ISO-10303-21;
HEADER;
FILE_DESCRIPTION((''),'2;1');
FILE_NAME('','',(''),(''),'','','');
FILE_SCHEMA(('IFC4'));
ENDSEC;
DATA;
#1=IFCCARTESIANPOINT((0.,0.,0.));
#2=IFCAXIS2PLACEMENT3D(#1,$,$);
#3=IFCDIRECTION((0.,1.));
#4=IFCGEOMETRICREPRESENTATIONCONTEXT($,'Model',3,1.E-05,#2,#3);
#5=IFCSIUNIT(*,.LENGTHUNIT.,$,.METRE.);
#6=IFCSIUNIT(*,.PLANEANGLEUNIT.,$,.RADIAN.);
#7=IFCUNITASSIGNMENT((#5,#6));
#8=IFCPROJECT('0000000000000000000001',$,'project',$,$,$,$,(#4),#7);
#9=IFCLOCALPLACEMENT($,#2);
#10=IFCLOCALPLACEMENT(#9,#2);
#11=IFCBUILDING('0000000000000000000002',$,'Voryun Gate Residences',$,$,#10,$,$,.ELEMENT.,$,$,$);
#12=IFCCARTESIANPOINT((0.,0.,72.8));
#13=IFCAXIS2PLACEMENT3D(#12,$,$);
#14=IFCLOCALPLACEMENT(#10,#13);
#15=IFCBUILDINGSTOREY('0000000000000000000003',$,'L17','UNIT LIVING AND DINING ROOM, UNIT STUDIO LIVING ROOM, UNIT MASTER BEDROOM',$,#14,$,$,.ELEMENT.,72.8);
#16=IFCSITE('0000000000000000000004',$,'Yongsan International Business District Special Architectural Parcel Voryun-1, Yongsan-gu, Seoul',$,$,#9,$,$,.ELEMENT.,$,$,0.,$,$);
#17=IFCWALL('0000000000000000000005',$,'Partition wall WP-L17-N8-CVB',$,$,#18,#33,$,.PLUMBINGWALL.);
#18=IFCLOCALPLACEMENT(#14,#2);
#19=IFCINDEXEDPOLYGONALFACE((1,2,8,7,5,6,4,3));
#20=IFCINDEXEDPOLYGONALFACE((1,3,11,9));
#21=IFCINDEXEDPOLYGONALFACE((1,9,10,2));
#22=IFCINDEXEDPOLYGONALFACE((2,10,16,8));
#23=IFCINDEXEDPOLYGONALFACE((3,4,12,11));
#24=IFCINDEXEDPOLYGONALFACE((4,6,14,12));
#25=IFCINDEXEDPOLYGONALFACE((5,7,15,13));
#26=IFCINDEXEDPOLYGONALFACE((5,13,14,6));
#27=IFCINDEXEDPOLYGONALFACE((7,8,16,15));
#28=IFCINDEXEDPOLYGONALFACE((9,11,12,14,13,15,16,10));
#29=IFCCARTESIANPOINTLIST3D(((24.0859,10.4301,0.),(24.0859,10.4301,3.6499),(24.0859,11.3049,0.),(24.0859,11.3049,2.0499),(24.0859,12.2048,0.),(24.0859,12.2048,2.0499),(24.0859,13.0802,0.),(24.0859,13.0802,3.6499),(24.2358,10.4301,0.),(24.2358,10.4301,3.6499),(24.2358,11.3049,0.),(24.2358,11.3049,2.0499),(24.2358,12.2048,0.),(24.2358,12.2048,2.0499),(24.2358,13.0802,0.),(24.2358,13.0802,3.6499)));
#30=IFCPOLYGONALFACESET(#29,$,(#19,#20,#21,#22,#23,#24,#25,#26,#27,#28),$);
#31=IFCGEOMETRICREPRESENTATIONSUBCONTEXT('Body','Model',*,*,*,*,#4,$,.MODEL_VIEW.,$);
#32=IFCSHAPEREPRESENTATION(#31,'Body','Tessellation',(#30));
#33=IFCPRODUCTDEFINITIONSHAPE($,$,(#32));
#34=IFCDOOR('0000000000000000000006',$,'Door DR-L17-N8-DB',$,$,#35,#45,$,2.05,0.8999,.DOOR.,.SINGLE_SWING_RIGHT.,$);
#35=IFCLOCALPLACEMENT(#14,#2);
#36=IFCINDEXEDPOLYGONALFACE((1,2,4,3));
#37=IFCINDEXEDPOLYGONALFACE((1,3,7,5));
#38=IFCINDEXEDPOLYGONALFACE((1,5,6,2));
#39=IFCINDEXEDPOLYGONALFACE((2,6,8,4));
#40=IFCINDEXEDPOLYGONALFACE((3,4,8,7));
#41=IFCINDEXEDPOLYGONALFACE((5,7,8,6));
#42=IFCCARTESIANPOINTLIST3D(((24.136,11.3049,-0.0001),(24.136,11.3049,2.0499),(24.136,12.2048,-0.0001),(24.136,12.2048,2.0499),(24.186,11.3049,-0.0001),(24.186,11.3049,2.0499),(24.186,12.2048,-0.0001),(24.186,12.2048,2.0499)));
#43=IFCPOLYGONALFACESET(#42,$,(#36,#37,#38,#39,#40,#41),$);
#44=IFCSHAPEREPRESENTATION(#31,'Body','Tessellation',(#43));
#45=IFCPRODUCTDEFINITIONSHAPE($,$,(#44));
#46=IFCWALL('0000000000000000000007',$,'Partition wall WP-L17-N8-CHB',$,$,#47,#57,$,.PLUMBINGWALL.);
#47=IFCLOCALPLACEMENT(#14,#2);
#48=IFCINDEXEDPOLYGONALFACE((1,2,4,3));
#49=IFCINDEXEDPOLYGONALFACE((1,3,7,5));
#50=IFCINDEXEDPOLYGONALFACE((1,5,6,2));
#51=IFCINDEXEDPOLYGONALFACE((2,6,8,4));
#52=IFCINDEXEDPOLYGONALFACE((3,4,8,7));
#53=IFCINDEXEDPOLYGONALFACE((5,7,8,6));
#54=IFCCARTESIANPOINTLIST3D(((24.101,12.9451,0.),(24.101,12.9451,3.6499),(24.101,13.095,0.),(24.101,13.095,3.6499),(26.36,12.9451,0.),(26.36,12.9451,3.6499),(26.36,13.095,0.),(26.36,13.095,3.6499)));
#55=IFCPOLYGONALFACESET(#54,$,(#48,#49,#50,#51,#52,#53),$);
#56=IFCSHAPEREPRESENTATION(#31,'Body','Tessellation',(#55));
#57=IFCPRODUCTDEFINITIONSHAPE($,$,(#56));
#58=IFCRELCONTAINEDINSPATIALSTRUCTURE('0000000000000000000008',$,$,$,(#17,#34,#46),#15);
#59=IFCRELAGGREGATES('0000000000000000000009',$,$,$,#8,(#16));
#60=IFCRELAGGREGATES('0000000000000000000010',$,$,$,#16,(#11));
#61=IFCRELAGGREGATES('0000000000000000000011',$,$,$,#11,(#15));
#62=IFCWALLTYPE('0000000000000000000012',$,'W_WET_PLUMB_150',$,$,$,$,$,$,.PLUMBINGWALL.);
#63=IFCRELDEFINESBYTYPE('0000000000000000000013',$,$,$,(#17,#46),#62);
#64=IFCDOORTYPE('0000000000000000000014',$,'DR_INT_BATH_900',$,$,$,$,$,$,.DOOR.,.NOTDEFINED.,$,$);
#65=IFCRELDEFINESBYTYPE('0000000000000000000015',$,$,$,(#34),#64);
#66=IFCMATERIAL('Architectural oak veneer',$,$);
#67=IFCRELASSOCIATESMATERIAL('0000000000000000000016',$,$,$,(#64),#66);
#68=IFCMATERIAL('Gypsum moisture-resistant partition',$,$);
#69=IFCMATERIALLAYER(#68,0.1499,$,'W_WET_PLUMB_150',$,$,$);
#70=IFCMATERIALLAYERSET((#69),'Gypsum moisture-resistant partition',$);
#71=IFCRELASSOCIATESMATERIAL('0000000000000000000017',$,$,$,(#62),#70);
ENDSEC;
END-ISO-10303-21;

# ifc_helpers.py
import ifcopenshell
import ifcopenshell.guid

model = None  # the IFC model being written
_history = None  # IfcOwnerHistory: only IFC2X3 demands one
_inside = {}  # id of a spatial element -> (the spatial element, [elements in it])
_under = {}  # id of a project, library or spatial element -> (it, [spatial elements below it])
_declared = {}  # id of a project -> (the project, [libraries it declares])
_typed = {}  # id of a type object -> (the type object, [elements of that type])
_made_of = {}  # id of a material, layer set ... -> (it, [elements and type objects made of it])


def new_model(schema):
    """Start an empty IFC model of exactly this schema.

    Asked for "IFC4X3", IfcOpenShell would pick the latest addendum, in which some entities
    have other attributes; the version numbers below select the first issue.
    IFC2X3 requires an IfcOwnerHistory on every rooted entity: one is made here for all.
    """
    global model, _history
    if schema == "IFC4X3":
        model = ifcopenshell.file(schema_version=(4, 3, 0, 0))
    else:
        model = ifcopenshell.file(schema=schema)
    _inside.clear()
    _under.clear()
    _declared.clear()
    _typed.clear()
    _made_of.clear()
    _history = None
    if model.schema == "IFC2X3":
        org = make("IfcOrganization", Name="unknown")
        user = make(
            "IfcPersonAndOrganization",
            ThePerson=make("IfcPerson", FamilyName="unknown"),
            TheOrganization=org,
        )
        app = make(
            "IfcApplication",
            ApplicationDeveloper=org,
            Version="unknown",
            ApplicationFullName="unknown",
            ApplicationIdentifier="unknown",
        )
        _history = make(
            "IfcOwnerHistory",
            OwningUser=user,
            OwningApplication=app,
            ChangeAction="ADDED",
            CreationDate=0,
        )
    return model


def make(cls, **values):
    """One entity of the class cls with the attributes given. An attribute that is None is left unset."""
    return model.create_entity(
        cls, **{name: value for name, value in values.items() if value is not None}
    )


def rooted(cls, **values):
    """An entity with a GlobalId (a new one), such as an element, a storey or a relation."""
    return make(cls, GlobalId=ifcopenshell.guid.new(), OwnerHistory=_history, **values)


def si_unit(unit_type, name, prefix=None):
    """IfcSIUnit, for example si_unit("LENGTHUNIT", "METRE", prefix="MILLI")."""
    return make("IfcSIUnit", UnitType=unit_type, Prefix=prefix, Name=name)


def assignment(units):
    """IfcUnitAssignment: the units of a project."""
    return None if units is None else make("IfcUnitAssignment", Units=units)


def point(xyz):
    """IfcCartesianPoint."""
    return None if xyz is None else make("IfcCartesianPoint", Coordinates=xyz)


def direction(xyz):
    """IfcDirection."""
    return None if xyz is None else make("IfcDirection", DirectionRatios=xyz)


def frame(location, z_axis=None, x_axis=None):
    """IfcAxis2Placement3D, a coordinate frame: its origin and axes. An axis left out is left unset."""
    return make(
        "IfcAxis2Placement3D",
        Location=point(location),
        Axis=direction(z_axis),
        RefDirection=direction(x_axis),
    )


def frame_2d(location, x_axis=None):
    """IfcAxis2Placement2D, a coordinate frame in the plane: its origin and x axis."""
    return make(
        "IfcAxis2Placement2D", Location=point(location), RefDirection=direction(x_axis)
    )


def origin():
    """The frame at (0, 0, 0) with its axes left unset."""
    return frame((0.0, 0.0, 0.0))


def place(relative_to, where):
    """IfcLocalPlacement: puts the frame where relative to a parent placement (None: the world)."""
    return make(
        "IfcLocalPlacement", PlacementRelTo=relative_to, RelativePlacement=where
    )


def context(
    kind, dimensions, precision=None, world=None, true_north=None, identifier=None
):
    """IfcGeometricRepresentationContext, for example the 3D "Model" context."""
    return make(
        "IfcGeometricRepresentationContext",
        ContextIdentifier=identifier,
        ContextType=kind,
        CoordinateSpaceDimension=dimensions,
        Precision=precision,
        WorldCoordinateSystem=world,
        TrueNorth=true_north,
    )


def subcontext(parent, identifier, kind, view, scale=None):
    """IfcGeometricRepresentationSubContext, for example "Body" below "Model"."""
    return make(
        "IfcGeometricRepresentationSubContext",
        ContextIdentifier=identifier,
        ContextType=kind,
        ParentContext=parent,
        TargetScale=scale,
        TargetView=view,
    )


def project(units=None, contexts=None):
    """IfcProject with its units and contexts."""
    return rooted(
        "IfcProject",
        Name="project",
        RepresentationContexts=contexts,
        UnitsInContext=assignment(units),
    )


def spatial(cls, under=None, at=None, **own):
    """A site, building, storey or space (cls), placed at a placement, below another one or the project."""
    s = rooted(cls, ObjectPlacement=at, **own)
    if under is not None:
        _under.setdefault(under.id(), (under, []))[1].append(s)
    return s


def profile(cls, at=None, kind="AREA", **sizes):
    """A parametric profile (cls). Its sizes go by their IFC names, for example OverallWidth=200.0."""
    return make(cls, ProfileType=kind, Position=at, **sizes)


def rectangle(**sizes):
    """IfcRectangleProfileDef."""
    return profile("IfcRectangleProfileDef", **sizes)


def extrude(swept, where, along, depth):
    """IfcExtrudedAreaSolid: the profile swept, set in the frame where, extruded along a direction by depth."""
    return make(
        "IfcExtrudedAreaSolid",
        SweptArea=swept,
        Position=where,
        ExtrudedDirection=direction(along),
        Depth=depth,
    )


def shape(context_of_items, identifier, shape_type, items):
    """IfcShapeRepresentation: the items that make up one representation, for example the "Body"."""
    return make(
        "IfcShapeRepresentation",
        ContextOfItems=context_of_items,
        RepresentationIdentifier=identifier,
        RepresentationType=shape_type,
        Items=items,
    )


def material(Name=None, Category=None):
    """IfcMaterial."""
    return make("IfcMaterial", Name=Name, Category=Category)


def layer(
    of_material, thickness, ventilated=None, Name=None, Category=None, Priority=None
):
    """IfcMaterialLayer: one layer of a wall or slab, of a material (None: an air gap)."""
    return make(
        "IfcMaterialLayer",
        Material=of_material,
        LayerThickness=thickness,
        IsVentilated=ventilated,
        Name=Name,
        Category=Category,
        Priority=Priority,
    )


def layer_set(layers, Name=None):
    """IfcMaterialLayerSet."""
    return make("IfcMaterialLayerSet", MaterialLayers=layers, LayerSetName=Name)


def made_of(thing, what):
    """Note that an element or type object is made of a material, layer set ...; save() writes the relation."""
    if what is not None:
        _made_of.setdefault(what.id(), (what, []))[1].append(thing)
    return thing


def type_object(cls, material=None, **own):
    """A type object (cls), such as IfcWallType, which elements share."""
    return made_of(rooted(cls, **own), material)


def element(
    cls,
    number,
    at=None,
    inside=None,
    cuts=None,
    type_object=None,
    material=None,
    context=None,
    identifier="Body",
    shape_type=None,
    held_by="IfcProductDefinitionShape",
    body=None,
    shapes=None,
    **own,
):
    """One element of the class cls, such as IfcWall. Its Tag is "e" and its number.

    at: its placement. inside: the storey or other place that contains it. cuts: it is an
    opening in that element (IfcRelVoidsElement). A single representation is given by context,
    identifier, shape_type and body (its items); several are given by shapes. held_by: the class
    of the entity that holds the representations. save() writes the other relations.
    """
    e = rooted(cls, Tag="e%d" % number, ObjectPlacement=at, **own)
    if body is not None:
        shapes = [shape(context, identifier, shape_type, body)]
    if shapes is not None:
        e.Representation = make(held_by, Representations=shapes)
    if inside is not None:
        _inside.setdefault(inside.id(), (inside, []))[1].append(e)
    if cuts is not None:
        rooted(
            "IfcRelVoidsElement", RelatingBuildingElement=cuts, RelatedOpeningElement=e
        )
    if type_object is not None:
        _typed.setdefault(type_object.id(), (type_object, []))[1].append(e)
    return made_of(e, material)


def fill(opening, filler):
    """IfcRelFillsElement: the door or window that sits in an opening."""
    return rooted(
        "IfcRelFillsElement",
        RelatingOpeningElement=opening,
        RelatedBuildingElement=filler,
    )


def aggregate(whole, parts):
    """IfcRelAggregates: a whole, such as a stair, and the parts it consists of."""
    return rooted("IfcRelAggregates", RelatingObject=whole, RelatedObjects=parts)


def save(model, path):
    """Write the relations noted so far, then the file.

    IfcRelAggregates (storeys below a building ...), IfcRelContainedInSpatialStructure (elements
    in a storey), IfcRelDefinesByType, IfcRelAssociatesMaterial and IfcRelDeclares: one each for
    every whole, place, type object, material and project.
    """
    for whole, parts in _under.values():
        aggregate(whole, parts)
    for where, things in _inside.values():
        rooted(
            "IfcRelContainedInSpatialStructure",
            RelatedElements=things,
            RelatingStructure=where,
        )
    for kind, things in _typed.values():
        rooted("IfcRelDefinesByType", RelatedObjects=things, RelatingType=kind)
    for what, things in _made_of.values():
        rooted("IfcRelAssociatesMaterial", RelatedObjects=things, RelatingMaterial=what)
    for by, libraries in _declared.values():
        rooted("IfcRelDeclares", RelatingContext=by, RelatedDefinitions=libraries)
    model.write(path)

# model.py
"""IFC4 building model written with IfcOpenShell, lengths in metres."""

from ifc_helpers import new_model, si_unit, direction, frame, frame_2d, origin, place, context, subcontext, project, spatial, rectangle, extrude, material, layer, layer_set, type_object, element, fill, save


model = new_model("IFC4")

# Units and contexts
model_context = context("Model", 3, precision=1e-05, world=origin(), true_north=direction((0.0, 1.0)))
body_context = subcontext(model_context, "Body", "Model", "MODEL_VIEW")
ifc_project = project(units=[si_unit("LENGTHUNIT", "METRE"), si_unit("PLANEANGLEUNIT", "RADIAN")], contexts=[model_context])

# Site, building, storey
site_placement = place(None, origin())
site = spatial("IfcSite", under=ifc_project, at=site_placement, Name="Yongsan International Business District Special Architectural Parcel Voryun-1, Yongsan-gu, Seoul", CompositionType="ELEMENT", RefElevation=0.0)
building_placement = place(site_placement, origin())
building = spatial("IfcBuilding", under=site, at=building_placement, Name="Voryun Gate Residences", CompositionType="ELEMENT")
storey_placement = place(building_placement, frame((0.0, 0.0, 72.8)))
storey = spatial("IfcBuildingStorey", under=building, at=storey_placement, Name="L17", Description="UNIT LIVING AND DINING ROOM, UNIT STUDIO LIVING ROOM, UNIT MASTER BEDROOM", CompositionType="ELEMENT", Elevation=72.8)

# Shared definitions
ifc_material_1 = material(Name="Architectural oak veneer")
door_type = type_object("IfcDoorType", Name="DR_INT_BATH_900", OperationType="NOTDEFINED", PredefinedType="DOOR", material=ifc_material_1)

# Shared definitions
ifc_material_2 = material(Name="Gypsum moisture-resistant partition")
ifc_layer_1 = layer(ifc_material_2, 0.1499, Name="W_WET_PLUMB_150")
ifc_layer_set_1 = layer_set([ifc_layer_1], Name="Gypsum moisture-resistant partition")
wall_type_1 = type_object("IfcWallType", Name="W_WET_PLUMB_150", PredefinedType="PLUMBINGWALL", material=ifc_layer_set_1)

# Wall, opening, door
wall_1_placement = place(storey_placement, frame((24.1609, 10.4299, 0.0), z_axis=(0.0, 0.0, 1.0), x_axis=(0.0, 1.0, 0.0)))
wall_1 = element("IfcWall", 1, at=wall_1_placement, inside=storey, type_object=wall_type_1, Name="Partition wall WP-L17-N8-CVB", PredefinedType="PLUMBINGWALL", context=body_context, shape_type="SweptSolid", body=[
    extrude(rectangle(XDim=2.6501, YDim=0.1499, at=frame_2d((1.3252, 0.0))), origin(), (0.0, 0.0, 1.0), 3.6499),
])
opening_1_placement = place(wall_1_placement, frame((0.875, 0.0, 0.0)))
opening_1 = element("IfcOpeningElement", 2, at=opening_1_placement, cuts=wall_1, PredefinedType="OPENING", context=body_context, shape_type="SweptSolid", body=[
    extrude(rectangle(XDim=0.8999, YDim=2.05, at=frame_2d((0.45, 1.0249))), frame((0.0, 0.085, 0.0), z_axis=(0.0, -1.0, 0.0), x_axis=(1.0, 0.0, 0.0)), (0.0, 0.0, 1.0), 0.1699),
])
door_1_placement = place(opening_1_placement, origin())
door_1 = element("IfcDoor", 3, at=door_1_placement, inside=storey, type_object=door_type, Name="Door DR-L17-N8-DB", OperationType="SINGLE_SWING_RIGHT", OverallHeight=2.05, OverallWidth=0.8999, PredefinedType="DOOR", context=body_context, shape_type="SweptSolid", body=[
    extrude(rectangle(XDim=0.8999, YDim=2.05, at=frame_2d((0.45, 1.0249))), frame((0.0, 0.0249, 0.0), z_axis=(0.0, -1.0, 0.0), x_axis=(1.0, 0.0, 0.0)), (0.0, 0.0, 1.0), 0.05),
])
fill(opening_1, door_1)

# Wall
wall_2_placement = place(storey_placement, frame((24.1011, 13.02, 0.0), z_axis=(0.0, 0.0, 1.0), x_axis=(1.0, 0.0, 0.0)))
element("IfcWall", 4, at=wall_2_placement, inside=storey, type_object=wall_type_1, Name="Partition wall WP-L17-N8-CHB", PredefinedType="PLUMBINGWALL", context=body_context, shape_type="SweptSolid", body=[
    extrude(rectangle(XDim=2.259, YDim=0.1499, at=frame_2d((1.1294, 0.0))), origin(), (0.0, 0.0, 1.0), 3.6499),
])

save(model, "model.ifc")
